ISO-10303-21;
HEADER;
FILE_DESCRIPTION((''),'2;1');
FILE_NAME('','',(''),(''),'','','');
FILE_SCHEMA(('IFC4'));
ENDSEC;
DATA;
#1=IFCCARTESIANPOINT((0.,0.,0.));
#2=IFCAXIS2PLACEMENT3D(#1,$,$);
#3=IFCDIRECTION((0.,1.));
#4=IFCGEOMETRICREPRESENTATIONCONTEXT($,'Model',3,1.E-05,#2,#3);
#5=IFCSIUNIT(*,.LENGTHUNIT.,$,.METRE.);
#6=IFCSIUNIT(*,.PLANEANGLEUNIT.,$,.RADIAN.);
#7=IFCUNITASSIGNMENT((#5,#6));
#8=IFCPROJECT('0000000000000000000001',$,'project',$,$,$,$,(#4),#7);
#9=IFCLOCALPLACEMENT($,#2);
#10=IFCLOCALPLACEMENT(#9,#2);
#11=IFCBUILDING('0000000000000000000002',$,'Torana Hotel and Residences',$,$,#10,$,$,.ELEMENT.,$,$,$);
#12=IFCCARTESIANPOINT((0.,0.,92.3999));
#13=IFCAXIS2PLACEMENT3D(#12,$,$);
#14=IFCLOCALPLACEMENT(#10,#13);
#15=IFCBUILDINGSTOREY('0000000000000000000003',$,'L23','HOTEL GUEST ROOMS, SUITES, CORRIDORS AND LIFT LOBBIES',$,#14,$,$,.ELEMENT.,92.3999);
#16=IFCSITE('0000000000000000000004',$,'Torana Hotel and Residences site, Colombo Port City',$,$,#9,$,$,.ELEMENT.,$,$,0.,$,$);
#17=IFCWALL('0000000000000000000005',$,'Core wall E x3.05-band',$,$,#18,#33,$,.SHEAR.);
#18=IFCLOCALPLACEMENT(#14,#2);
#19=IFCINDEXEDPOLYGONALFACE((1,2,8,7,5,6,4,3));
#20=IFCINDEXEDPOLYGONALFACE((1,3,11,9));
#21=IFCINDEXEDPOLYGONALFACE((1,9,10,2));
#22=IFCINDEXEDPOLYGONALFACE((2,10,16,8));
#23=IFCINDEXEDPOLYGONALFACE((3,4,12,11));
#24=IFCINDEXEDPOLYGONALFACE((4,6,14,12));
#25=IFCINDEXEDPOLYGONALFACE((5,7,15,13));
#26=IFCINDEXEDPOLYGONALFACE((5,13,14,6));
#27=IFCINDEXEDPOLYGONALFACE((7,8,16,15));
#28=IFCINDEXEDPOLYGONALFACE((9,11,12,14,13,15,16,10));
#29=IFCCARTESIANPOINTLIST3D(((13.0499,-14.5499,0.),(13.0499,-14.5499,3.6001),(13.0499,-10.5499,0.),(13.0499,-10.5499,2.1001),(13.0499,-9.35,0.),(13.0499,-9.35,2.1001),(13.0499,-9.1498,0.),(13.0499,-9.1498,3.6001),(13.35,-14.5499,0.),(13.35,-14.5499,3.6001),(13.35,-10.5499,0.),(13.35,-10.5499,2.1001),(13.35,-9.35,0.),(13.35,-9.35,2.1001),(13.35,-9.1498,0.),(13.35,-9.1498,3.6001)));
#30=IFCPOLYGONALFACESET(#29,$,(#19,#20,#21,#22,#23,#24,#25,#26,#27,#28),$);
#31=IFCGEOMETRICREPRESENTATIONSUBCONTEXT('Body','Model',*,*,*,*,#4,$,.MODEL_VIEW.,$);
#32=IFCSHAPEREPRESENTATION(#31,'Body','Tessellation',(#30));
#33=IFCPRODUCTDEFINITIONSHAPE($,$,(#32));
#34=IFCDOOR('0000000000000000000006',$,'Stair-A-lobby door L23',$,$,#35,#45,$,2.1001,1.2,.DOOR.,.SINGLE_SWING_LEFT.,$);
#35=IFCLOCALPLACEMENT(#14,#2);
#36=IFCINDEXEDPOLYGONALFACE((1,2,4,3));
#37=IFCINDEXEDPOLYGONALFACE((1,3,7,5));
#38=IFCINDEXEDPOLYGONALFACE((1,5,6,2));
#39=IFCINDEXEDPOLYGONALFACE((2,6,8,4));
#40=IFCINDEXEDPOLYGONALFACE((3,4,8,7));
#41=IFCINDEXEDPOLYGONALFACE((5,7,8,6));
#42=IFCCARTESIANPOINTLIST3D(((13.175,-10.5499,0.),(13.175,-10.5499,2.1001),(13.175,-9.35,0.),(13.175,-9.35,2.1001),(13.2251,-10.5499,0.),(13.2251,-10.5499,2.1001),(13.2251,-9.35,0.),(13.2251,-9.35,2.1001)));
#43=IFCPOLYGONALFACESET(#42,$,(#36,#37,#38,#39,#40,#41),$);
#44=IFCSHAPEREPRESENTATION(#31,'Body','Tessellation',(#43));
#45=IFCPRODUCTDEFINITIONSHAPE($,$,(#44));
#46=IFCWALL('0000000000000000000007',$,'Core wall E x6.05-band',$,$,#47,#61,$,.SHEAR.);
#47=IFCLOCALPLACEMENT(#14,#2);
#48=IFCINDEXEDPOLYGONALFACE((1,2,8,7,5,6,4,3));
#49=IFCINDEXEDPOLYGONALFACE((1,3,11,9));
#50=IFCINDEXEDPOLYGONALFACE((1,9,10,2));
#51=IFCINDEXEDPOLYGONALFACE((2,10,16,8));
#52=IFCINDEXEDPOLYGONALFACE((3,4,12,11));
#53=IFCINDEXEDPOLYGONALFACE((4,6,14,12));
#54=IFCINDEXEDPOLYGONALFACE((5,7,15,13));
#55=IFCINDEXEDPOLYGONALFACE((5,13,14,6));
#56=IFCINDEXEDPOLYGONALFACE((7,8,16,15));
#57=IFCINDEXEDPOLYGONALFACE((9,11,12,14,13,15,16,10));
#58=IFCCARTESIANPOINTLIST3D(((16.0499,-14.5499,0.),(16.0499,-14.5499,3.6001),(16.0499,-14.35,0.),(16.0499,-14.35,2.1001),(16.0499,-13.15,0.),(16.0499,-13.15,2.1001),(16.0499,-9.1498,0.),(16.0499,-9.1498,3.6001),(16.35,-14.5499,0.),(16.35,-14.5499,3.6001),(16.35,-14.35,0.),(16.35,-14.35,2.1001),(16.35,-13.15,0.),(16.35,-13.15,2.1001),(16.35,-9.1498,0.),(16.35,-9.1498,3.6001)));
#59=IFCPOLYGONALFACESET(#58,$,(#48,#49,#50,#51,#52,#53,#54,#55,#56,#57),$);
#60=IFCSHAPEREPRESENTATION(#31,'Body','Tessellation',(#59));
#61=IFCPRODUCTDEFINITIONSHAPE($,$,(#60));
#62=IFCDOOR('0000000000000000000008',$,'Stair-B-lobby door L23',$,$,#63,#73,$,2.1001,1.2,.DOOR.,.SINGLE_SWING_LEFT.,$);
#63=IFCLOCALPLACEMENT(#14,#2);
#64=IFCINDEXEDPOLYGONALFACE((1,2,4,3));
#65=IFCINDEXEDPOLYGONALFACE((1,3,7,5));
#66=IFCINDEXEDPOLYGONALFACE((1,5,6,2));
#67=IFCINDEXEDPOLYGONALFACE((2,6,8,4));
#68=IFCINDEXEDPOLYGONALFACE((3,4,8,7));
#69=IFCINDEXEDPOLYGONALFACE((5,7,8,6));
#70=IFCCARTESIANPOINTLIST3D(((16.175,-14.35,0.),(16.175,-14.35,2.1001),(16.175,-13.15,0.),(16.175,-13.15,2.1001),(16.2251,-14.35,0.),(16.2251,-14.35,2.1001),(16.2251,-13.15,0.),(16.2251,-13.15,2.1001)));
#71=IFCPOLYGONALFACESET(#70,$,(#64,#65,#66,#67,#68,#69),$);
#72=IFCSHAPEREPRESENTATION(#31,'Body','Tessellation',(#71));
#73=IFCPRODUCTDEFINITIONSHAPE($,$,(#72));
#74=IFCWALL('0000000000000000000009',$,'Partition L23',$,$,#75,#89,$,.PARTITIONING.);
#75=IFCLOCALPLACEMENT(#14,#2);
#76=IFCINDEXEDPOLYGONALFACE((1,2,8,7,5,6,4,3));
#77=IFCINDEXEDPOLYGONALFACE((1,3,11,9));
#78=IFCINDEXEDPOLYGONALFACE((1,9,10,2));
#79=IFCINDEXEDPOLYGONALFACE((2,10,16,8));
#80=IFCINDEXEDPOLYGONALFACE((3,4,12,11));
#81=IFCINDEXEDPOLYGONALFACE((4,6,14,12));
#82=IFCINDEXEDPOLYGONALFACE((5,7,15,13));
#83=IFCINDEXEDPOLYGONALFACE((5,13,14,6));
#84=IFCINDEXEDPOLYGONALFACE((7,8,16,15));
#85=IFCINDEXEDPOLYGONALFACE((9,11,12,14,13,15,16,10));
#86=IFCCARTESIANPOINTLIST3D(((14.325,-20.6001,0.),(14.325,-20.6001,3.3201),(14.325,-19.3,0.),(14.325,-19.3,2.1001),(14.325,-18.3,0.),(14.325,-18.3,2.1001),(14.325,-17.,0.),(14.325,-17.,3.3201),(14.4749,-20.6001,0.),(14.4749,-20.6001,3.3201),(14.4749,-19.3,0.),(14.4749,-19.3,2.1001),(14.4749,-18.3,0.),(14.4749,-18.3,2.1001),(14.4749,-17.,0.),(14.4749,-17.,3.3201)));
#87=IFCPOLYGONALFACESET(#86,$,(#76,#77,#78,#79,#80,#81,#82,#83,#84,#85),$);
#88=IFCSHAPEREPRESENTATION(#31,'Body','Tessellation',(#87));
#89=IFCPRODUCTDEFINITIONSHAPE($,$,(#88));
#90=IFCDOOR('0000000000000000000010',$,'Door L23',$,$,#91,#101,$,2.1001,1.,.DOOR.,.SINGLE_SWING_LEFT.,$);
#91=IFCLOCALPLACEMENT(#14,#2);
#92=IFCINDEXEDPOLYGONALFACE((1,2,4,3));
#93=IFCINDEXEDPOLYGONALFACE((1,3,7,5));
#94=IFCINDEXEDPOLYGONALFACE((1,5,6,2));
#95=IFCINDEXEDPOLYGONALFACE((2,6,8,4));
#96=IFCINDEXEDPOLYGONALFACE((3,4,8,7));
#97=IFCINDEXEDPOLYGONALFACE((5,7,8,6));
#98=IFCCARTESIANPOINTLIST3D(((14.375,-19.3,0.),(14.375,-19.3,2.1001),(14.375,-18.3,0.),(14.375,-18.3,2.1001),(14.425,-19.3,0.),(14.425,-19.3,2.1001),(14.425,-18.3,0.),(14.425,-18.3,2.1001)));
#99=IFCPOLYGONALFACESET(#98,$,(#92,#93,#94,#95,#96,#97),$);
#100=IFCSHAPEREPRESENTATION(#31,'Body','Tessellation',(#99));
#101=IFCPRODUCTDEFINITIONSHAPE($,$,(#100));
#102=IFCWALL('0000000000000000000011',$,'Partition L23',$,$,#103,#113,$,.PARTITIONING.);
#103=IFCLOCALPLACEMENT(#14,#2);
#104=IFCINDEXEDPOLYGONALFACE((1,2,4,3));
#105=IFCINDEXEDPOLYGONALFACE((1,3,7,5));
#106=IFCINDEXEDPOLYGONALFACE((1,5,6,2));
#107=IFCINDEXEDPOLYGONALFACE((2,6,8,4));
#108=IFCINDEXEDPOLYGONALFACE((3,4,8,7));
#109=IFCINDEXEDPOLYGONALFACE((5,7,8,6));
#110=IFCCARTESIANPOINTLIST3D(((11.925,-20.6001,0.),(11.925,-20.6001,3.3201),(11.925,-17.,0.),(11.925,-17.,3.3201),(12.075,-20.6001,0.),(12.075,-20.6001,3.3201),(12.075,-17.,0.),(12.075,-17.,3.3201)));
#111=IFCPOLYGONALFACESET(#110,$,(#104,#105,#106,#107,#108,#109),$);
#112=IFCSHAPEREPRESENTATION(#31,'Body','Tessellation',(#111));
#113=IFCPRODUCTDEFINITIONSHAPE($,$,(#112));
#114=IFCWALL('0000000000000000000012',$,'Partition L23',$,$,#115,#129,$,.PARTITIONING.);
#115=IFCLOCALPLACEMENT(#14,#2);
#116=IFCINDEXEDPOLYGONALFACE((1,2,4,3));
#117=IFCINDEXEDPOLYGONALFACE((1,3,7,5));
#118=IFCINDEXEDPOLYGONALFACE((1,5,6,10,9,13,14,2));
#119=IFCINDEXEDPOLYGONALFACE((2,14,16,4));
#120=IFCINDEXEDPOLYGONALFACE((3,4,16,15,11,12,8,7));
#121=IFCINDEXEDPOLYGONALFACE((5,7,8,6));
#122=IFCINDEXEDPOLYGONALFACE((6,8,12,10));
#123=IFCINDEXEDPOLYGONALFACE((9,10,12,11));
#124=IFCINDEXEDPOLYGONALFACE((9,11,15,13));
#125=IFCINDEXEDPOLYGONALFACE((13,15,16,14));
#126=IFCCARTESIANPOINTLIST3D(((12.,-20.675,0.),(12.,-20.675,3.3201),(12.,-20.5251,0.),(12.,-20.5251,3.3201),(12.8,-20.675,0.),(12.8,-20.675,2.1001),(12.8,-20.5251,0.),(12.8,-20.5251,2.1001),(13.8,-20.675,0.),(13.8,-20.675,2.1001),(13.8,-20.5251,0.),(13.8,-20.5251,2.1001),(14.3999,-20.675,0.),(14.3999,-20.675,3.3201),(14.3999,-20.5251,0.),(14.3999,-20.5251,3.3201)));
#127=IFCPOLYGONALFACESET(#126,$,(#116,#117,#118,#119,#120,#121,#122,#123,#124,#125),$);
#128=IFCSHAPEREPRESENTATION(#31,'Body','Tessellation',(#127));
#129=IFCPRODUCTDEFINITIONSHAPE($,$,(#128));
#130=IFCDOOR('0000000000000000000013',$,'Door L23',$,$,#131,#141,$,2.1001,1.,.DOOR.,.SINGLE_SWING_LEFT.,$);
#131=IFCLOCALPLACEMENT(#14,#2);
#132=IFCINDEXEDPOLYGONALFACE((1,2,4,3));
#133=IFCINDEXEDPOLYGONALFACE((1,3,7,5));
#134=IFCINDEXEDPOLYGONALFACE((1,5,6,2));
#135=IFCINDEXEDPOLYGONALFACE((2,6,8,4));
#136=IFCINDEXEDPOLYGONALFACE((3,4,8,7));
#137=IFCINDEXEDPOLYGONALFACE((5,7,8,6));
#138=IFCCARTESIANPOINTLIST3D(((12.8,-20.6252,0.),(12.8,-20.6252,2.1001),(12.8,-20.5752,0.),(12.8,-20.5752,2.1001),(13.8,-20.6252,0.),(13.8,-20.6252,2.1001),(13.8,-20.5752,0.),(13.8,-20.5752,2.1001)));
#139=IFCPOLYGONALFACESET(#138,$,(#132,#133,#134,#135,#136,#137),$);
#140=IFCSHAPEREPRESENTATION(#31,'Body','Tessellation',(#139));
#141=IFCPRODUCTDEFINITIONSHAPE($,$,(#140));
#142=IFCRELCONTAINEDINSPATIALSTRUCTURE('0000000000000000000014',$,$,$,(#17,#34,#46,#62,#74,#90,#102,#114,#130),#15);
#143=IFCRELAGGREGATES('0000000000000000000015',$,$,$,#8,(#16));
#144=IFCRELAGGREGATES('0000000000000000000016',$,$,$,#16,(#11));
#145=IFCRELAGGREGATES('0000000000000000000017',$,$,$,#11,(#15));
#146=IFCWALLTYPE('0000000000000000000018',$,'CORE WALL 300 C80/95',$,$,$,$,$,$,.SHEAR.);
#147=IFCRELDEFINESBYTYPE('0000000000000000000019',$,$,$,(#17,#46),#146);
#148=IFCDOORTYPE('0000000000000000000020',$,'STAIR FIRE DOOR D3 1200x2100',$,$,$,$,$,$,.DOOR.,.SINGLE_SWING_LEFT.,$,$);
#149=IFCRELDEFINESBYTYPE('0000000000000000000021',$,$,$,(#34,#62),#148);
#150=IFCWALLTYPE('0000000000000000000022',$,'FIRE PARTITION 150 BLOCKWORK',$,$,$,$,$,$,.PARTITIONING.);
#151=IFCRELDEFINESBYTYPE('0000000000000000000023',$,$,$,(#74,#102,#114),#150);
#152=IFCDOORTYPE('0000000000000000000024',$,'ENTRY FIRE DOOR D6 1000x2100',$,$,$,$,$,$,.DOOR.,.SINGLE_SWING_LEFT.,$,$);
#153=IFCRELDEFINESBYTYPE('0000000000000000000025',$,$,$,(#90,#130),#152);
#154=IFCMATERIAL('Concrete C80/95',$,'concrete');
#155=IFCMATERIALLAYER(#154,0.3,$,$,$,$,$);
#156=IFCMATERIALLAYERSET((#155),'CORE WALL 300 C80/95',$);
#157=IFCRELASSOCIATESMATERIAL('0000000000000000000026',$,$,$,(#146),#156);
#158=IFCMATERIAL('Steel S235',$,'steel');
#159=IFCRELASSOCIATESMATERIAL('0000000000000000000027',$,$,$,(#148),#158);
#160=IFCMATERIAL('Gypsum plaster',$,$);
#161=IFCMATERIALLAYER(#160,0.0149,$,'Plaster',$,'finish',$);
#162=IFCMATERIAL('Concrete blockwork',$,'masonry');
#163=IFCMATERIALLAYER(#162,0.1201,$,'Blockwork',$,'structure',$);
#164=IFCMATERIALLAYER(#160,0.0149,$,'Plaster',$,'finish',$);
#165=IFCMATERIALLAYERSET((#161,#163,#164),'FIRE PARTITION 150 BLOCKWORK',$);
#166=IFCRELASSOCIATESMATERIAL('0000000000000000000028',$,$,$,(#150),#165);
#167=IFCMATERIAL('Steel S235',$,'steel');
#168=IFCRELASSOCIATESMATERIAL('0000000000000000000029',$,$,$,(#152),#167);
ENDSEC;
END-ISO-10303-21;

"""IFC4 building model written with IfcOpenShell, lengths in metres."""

from ifc_helpers import new_model, si_unit, direction, frame, frame_2d, origin, place, context, subcontext, project, spatial, rectangle, extrude, material, layer, layer_set, type_object, element, fill, save


model = new_model("IFC4")

# Units and contexts
model_context = context("Model", 3, precision=1e-05, world=origin(), true_north=direction((0.0, 1.0)))
body_context = subcontext(model_context, "Body", "Model", "MODEL_VIEW")
ifc_project = project(units=[si_unit("LENGTHUNIT", "METRE"), si_unit("PLANEANGLEUNIT", "RADIAN")], contexts=[model_context])

# Site, building, storey
site_placement = place(None, origin())
site = spatial("IfcSite", under=ifc_project, at=site_placement, Name="Torana Hotel and Residences site, Colombo Port City", CompositionType="ELEMENT", RefElevation=0.0)
building_placement = place(site_placement, origin())
building = spatial("IfcBuilding", under=site, at=building_placement, Name="Torana Hotel and Residences", CompositionType="ELEMENT")
storey_placement = place(building_placement, frame((0.0, 0.0, 92.3999)))
storey = spatial("IfcBuildingStorey", under=building, at=storey_placement, Name="L23", Description="HOTEL GUEST ROOMS, SUITES, CORRIDORS AND LIFT LOBBIES", CompositionType="ELEMENT", Elevation=92.3999)

# Walls, openings, doors
ifc_material_1 = material(Name="Concrete C80/95", Category="concrete")
ifc_layer_1 = layer(ifc_material_1, 0.3)
ifc_layer_set_1 = layer_set([ifc_layer_1], Name="CORE WALL 300 C80/95")
wall_type_1 = type_object("IfcWallType", Name="CORE WALL 300 C80/95", PredefinedType="SHEAR", material=ifc_layer_set_1)
wall_1_placement = place(storey_placement, frame((13.2, -14.55, 0.0), z_axis=(0.0, 0.0, 1.0), x_axis=(0.0, 1.0, 0.0)))
wall_1 = element("IfcWall", 1, at=wall_1_placement, inside=storey, type_object=wall_type_1, Name="Core wall E x3.05-band", PredefinedType="SHEAR", context=body_context, shape_type="SweptSolid", body=[
    extrude(rectangle(XDim=5.4001, YDim=0.3, at=frame_2d((2.7002, 0.0))), origin(), (0.0, 0.0, 1.0), 3.6001),
])
opening_1_placement = place(wall_1_placement, frame((4.0, 0.0, 0.0)))
opening_1 = element("IfcOpeningElement", 2, at=opening_1_placement, cuts=wall_1, PredefinedType="OPENING", context=body_context, shape_type="SweptSolid", body=[
    extrude(rectangle(XDim=1.2, YDim=2.1001, at=frame_2d((0.6001, 1.05))), frame((0.0, 0.1599, 0.0), z_axis=(0.0, -1.0, 0.0), x_axis=(1.0, 0.0, 0.0)), (0.0, 0.0, 1.0), 0.3201),
])
ifc_material_2 = material(Name="Steel S235", Category="steel")
door_type_1 = type_object("IfcDoorType", Name="STAIR FIRE DOOR D3 1200x2100", OperationType="SINGLE_SWING_LEFT", PredefinedType="DOOR", material=ifc_material_2)
door_1_placement = place(opening_1_placement, origin())
door_1 = element("IfcDoor", 3, at=door_1_placement, inside=storey, type_object=door_type_1, Name="Stair-A-lobby door L23", OperationType="SINGLE_SWING_LEFT", OverallHeight=2.1001, OverallWidth=1.2, PredefinedType="DOOR", context=body_context, shape_type="SweptSolid", body=[
    extrude(rectangle(XDim=1.2, YDim=2.1001, at=frame_2d((0.6001, 1.05))), frame((0.0, 0.0249, 0.0), z_axis=(0.0, -1.0, 0.0), x_axis=(1.0, 0.0, 0.0)), (0.0, 0.0, 1.0), 0.05),
])
fill(opening_1, door_1)
wall_2_placement = place(storey_placement, frame((16.2, -14.55, 0.0), z_axis=(0.0, 0.0, 1.0), x_axis=(0.0, 1.0, 0.0)))
wall_2 = element("IfcWall", 4, at=wall_2_placement, inside=storey, type_object=wall_type_1, Name="Core wall E x6.05-band", PredefinedType="SHEAR", context=body_context, shape_type="SweptSolid", body=[
    extrude(rectangle(XDim=5.4001, YDim=0.3, at=frame_2d((2.7002, 0.0))), origin(), (0.0, 0.0, 1.0), 3.6001),
])
opening_2_placement = place(wall_2_placement, frame((0.2, 0.0, 0.0)))
opening_2 = element("IfcOpeningElement", 5, at=opening_2_placement, cuts=wall_2, PredefinedType="OPENING", context=body_context, shape_type="SweptSolid", body=[
    extrude(rectangle(XDim=1.2, YDim=2.1001, at=frame_2d((0.6001, 1.05))), frame((0.0, 0.1599, 0.0), z_axis=(0.0, -1.0, 0.0), x_axis=(1.0, 0.0, 0.0)), (0.0, 0.0, 1.0), 0.3201),
])
door_2_placement = place(opening_2_placement, frame((0.6001, 0.0, 0.0), z_axis=(0.0, 0.0, 1.0), x_axis=(-1.0, 0.0, 0.0)))
door_2 = element("IfcDoor", 6, at=door_2_placement, inside=storey, type_object=door_type_1, Name="Stair-B-lobby door L23", OperationType="SINGLE_SWING_LEFT", OverallHeight=2.1001, OverallWidth=1.2, PredefinedType="DOOR", context=body_context, shape_type="SweptSolid", body=[
    extrude(rectangle(XDim=1.2, YDim=2.1001, at=frame_2d((0.0, 1.05))), frame((0.0, -0.0249, 0.0), z_axis=(0.0, 1.0, 0.0), x_axis=(-1.0, 0.0, 0.0)), (0.0, 0.0, 1.0), 0.05),
])
fill(opening_2, door_2)
ifc_material_3 = material(Name="Gypsum plaster")
ifc_layer_2 = layer(ifc_material_3, 0.0149, Name="Plaster", Category="finish")
ifc_material_4 = material(Name="Concrete blockwork", Category="masonry")
ifc_layer_3 = layer(ifc_material_4, 0.1201, Name="Blockwork", Category="structure")
ifc_layer_4 = layer(ifc_material_3, 0.0149, Name="Plaster", Category="finish")
ifc_layer_set_2 = layer_set([ifc_layer_2, ifc_layer_3, ifc_layer_4], Name="FIRE PARTITION 150 BLOCKWORK")
wall_type_2 = type_object("IfcWallType", Name="FIRE PARTITION 150 BLOCKWORK", PredefinedType="PARTITIONING", material=ifc_layer_set_2)
wall_3_placement = place(storey_placement, frame((14.3999, -20.6001, 0.0), z_axis=(0.0, 0.0, 1.0), x_axis=(0.0, 1.0, 0.0)))
wall_3 = element("IfcWall", 7, at=wall_3_placement, inside=storey, type_object=wall_type_2, Name="Partition L23", PredefinedType="PARTITIONING", context=body_context, shape_type="SweptSolid", body=[
    extrude(rectangle(XDim=3.6001, YDim=0.1499, at=frame_2d((1.8, 0.0))), origin(), (0.0, 0.0, 1.0), 3.3201),
])
opening_3_placement = place(wall_3_placement, frame((1.3, 0.0, 0.0)))
opening_3 = element("IfcOpeningElement", 8, at=opening_3_placement, cuts=wall_3, PredefinedType="OPENING", context=body_context, shape_type="SweptSolid", body=[
    extrude(rectangle(XDim=1.0, YDim=2.1001, at=frame_2d((0.5, 1.05))), frame((0.0, 0.085, 0.0), z_axis=(0.0, -1.0, 0.0), x_axis=(1.0, 0.0, 0.0)), (0.0, 0.0, 1.0), 0.1699),
])
ifc_material_5 = material(Name="Steel S235", Category="steel")
door_type_2 = type_object("IfcDoorType", Name="ENTRY FIRE DOOR D6 1000x2100", OperationType="SINGLE_SWING_LEFT", PredefinedType="DOOR", material=ifc_material_5)
door_3_placement = place(opening_3_placement, frame((0.5, 0.0, 0.0), z_axis=(0.0, 0.0, 1.0), x_axis=(-1.0, 0.0, 0.0)))
door_3 = element("IfcDoor", 9, at=door_3_placement, inside=storey, type_object=door_type_2, Name="Door L23", OperationType="SINGLE_SWING_LEFT", OverallHeight=2.1001, OverallWidth=1.0, PredefinedType="DOOR", context=body_context, shape_type="SweptSolid", body=[
    extrude(rectangle(XDim=1.0, YDim=2.1001, at=frame_2d((0.0, 1.05))), frame((0.0, -0.0249, 0.0), z_axis=(0.0, 1.0, 0.0), x_axis=(-1.0, 0.0, 0.0)), (0.0, 0.0, 1.0), 0.05),
])
fill(opening_3, door_3)

# Wall
wall_4_placement = place(storey_placement, frame((12.0, -20.6001, 0.0), z_axis=(0.0, 0.0, 1.0), x_axis=(0.0, 1.0, 0.0)))
element("IfcWall", 10, at=wall_4_placement, inside=storey, type_object=wall_type_2, Name="Partition L23", PredefinedType="PARTITIONING", context=body_context, shape_type="SweptSolid", body=[
    extrude(rectangle(XDim=3.6001, YDim=0.1499, at=frame_2d((1.8, 0.0))), origin(), (0.0, 0.0, 1.0), 3.3201),
])

# Wall, opening, door
wall_5_placement = place(storey_placement, frame((12.0, -20.6001, 0.0), z_axis=(0.0, 0.0, 1.0), x_axis=(1.0, 0.0, 0.0)))
wall_5 = element("IfcWall", 11, at=wall_5_placement, inside=storey, type_object=wall_type_2, Name="Partition L23", PredefinedType="PARTITIONING", context=body_context, shape_type="SweptSolid", body=[
    extrude(rectangle(XDim=2.3999, YDim=0.1499, at=frame_2d((1.2, 0.0))), origin(), (0.0, 0.0, 1.0), 3.3201),
])
opening_4_placement = place(wall_5_placement, frame((0.8, 0.0, 0.0)))
opening_4 = element("IfcOpeningElement", 12, at=opening_4_placement, cuts=wall_5, PredefinedType="OPENING", context=body_context, shape_type="SweptSolid", body=[
    extrude(rectangle(XDim=1.0, YDim=2.1001, at=frame_2d((0.5, 1.05))), frame((0.0, 0.085, 0.0), z_axis=(0.0, -1.0, 0.0), x_axis=(1.0, 0.0, 0.0)), (0.0, 0.0, 1.0), 0.1699),
])
door_4_placement = place(opening_4_placement, frame((0.5, 0.0, 0.0), z_axis=(0.0, 0.0, 1.0), x_axis=(-1.0, 0.0, 0.0)))
door_4 = element("IfcDoor", 13, at=door_4_placement, inside=storey, type_object=door_type_2, Name="Door L23", OperationType="SINGLE_SWING_LEFT", OverallHeight=2.1001, OverallWidth=1.0, PredefinedType="DOOR", context=body_context, shape_type="SweptSolid", body=[
    extrude(rectangle(XDim=1.0, YDim=2.1001, at=frame_2d((0.0, 1.05))), frame((0.0, -0.0249, 0.0), z_axis=(0.0, 1.0, 0.0), x_axis=(-1.0, 0.0, 0.0)), (0.0, 0.0, 1.0), 0.05),
])
fill(opening_4, door_4)

save(model, "model.ifc")
